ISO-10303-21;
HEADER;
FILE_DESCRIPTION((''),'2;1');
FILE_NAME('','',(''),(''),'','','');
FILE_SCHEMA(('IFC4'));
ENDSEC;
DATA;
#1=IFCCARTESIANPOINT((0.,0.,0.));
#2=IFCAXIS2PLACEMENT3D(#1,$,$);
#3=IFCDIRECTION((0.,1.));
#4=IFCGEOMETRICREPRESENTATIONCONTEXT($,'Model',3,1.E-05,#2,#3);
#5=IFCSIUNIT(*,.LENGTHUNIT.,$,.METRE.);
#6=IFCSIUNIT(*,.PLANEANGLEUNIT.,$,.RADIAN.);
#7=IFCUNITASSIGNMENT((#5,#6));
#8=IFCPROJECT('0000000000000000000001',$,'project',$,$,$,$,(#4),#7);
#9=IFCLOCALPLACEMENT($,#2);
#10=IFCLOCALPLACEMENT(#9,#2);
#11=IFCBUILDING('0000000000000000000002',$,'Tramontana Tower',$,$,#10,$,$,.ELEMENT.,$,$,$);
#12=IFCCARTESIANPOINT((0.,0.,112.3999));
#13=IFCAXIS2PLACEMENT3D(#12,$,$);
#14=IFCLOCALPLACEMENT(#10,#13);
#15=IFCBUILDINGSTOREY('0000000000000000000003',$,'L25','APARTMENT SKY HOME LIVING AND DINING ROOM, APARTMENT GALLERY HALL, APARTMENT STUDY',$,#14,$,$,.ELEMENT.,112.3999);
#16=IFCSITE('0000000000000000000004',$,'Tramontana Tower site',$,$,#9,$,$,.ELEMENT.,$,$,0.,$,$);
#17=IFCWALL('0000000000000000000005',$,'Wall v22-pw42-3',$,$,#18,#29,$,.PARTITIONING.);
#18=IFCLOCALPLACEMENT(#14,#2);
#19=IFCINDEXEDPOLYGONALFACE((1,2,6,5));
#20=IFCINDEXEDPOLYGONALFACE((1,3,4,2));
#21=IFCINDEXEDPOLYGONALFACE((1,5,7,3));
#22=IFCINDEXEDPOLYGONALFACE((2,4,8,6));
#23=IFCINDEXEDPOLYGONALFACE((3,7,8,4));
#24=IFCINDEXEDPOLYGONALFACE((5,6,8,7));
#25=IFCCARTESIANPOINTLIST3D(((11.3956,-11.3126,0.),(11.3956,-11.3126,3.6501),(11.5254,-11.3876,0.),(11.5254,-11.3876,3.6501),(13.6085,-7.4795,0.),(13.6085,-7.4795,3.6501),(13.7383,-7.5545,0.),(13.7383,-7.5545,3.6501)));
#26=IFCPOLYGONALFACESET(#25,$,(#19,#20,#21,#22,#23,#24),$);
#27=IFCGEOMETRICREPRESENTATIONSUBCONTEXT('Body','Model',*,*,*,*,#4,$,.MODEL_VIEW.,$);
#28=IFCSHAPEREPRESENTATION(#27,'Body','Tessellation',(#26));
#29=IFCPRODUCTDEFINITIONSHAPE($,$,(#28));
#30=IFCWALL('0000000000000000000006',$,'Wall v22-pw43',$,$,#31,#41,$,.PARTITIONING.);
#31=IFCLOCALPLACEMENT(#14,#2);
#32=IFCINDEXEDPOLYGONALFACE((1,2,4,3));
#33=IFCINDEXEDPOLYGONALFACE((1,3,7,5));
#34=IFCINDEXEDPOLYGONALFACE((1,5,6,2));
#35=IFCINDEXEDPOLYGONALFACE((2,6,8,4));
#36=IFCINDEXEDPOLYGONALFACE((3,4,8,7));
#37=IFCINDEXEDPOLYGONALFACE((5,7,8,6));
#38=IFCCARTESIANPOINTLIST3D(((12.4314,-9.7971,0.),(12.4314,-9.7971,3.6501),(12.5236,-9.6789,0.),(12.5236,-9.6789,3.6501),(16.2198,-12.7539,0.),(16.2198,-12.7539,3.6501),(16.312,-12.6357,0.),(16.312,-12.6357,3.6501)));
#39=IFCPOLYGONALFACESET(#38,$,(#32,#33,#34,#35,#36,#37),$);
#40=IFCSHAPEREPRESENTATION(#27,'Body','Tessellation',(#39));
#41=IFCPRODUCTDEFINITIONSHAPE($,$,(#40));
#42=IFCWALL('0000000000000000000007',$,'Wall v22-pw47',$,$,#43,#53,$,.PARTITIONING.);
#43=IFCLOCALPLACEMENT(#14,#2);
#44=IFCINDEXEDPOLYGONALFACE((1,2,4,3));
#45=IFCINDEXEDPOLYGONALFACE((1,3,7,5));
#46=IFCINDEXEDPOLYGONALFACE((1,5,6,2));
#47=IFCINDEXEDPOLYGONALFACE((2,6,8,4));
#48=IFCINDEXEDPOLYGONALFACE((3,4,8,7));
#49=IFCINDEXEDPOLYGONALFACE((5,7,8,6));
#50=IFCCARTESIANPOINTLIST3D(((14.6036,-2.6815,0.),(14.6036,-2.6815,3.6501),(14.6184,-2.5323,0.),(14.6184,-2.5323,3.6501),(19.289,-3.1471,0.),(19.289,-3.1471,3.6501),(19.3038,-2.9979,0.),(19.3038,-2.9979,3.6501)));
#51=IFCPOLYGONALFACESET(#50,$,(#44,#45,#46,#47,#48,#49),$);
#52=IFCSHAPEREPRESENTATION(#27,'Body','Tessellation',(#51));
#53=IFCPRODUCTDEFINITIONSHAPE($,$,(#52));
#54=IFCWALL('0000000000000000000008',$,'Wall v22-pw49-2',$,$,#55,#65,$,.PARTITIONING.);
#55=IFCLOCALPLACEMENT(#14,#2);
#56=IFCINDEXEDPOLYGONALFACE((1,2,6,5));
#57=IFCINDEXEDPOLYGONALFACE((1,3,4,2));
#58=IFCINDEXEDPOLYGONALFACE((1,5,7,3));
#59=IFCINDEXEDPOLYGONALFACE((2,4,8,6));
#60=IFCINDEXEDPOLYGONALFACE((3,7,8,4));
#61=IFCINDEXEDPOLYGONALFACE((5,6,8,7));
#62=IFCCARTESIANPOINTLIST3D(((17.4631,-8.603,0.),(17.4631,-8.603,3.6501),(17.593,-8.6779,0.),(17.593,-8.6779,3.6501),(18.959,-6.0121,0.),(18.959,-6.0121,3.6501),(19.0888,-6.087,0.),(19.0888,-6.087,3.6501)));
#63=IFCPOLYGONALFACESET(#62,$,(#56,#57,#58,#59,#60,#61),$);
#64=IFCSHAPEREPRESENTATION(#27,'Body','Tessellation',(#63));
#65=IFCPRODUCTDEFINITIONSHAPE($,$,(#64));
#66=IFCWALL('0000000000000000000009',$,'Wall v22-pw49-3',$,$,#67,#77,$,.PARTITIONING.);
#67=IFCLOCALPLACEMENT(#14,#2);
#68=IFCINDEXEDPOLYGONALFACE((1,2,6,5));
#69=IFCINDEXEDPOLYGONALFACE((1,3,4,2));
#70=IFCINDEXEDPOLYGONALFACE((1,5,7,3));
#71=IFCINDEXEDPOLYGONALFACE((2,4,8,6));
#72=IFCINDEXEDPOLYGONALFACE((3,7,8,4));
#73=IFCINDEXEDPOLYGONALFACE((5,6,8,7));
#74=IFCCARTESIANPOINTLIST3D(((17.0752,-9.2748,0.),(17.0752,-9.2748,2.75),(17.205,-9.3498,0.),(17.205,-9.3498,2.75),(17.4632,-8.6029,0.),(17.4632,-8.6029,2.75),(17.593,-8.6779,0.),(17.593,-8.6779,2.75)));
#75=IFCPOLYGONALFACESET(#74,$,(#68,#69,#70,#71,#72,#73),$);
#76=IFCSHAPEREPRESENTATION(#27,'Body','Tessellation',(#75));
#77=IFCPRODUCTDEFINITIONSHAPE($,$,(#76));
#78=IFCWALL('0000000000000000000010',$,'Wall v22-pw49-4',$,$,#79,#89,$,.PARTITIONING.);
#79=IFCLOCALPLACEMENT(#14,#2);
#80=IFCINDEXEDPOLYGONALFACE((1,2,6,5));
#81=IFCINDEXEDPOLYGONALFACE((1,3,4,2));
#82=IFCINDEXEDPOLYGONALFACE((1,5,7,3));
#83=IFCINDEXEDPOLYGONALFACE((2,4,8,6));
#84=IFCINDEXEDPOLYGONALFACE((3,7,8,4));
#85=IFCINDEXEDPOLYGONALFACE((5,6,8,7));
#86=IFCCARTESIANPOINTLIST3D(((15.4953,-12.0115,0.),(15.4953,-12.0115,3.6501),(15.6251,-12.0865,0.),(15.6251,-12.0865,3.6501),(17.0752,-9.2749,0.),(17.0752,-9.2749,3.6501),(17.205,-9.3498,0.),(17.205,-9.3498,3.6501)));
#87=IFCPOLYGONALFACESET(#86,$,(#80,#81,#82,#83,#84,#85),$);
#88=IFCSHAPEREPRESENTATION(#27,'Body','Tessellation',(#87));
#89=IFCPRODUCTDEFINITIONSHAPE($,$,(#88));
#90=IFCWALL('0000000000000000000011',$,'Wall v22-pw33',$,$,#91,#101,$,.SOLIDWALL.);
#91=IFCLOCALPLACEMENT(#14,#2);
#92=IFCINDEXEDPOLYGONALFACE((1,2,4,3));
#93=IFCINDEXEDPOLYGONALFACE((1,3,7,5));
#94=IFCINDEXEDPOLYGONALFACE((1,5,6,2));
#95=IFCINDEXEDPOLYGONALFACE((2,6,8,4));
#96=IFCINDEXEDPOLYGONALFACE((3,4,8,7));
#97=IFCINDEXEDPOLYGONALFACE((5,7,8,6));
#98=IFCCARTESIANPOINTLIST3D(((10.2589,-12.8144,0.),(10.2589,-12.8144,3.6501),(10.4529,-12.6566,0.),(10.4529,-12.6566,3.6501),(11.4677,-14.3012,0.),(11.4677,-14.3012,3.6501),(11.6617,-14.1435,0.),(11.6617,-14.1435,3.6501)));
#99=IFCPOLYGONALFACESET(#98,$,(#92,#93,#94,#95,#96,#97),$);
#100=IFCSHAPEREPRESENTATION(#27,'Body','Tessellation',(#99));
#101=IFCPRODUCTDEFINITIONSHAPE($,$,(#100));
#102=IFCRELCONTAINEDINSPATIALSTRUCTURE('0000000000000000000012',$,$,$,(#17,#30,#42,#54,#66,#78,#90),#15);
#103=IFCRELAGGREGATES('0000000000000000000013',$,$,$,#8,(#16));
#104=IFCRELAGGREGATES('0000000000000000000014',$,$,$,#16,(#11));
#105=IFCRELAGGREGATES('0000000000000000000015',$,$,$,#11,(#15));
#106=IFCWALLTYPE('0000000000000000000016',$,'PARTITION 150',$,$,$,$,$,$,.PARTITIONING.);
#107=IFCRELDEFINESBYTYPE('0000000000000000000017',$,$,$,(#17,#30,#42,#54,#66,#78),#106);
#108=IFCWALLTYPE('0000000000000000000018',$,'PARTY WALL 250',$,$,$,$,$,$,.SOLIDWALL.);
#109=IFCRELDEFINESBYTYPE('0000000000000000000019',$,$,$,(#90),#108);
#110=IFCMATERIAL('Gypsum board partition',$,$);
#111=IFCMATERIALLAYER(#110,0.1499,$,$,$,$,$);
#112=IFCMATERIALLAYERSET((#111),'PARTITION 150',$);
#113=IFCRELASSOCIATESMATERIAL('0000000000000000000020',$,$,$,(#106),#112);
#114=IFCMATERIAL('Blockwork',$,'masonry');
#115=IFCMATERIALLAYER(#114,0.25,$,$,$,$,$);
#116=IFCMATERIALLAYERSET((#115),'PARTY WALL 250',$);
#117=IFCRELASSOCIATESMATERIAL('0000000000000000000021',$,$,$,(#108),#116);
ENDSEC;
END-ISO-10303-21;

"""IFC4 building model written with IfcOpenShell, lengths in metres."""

from ifc_helpers import new_model, si_unit, direction, frame, frame_2d, origin, place, context, subcontext, project, spatial, rectangle, extrude, material, layer, layer_set, type_object, element, save


model = new_model("IFC4")

# Units and contexts
model_context = context("Model", 3, precision=1e-05, world=origin(), true_north=direction((0.0, 1.0)))
body_context = subcontext(model_context, "Body", "Model", "MODEL_VIEW")
ifc_project = project(units=[si_unit("LENGTHUNIT", "METRE"), si_unit("PLANEANGLEUNIT", "RADIAN")], contexts=[model_context])

# Site, building, storey
site_placement = place(None, origin())
site = spatial("IfcSite", under=ifc_project, at=site_placement, Name="Tramontana Tower site", CompositionType="ELEMENT", RefElevation=0.0)
building_placement = place(site_placement, origin())
building = spatial("IfcBuilding", under=site, at=building_placement, Name="Tramontana Tower", CompositionType="ELEMENT")
storey_placement = place(building_placement, frame((0.0, 0.0, 112.3999)))
storey = spatial("IfcBuildingStorey", under=building, at=storey_placement, Name="L25", Description="APARTMENT SKY HOME LIVING AND DINING ROOM, APARTMENT GALLERY HALL, APARTMENT STUDY", CompositionType="ELEMENT", Elevation=112.3999)

# Shared definitions
ifc_material_1 = material(Name="Gypsum board partition")
ifc_layer_1 = layer(ifc_material_1, 0.1499)
ifc_layer_set_1 = layer_set([ifc_layer_1], Name="PARTITION 150")
wall_type_1 = type_object("IfcWallType", Name="PARTITION 150", PredefinedType="PARTITIONING", material=ifc_layer_set_1)

# Walls
wall_1_placement = place(storey_placement, frame((13.6733, -7.5171, 0.0), z_axis=(0.0, 0.0, 1.0), x_axis=(-0.499983, -0.866035, 0.0)))
element("IfcWall", 1, at=wall_1_placement, inside=storey, type_object=wall_type_1, Name="Wall v22-pw42-3", PredefinedType="PARTITIONING", context=body_context, shape_type="SweptSolid", body=[
    extrude(rectangle(XDim=4.426, YDim=0.1499, at=frame_2d((2.2129, 0.0))), origin(), (0.0, 0.0, 1.0), 3.6501),
])
wall_2_placement = place(storey_placement, frame((16.2659, -12.6948, 0.0), z_axis=(0.0, 0.0, 1.0), x_axis=(-0.788312, 0.615276, 0.0)))
element("IfcWall", 2, at=wall_2_placement, inside=storey, type_object=wall_type_1, Name="Wall v22-pw43", PredefinedType="PARTITIONING", context=body_context, shape_type="SweptSolid", body=[
    extrude(rectangle(XDim=4.8057, YDim=0.1499, at=frame_2d((2.4028, 0.0))), origin(), (0.0, 0.0, 1.0), 3.6501),
])
wall_3_placement = place(storey_placement, frame((19.2964, -3.0725, 0.0), z_axis=(0.0, 0.0, 1.0), x_axis=(-0.995099, 0.098882, 0.0)))
element("IfcWall", 3, at=wall_3_placement, inside=storey, type_object=wall_type_1, Name="Wall v22-pw47", PredefinedType="PARTITIONING", context=body_context, shape_type="SweptSolid", body=[
    extrude(rectangle(XDim=4.7085, YDim=0.1499, at=frame_2d((2.3542, 0.0))), origin(), (0.0, 0.0, 1.0), 3.6501),
])
wall_4_placement = place(storey_placement, frame((19.0239, -6.0496, 0.0), z_axis=(0.0, 0.0, 1.0), x_axis=(-0.50001, -0.86602, 0.0)))
element("IfcWall", 4, at=wall_4_placement, inside=storey, type_object=wall_type_1, Name="Wall v22-pw49-2", PredefinedType="PARTITIONING", context=body_context, shape_type="SweptSolid", body=[
    extrude(rectangle(XDim=2.9917, YDim=0.1499, at=frame_2d((1.4958, 0.0))), origin(), (0.0, 0.0, 1.0), 3.6501),
])
wall_5_placement = place(storey_placement, frame((17.5281, -8.6404, 0.0), z_axis=(0.0, 0.0, 1.0), x_axis=(-0.500031, -0.866007, 0.0)))
element("IfcWall", 5, at=wall_5_placement, inside=storey, type_object=wall_type_1, Name="Wall v22-pw49-3", PredefinedType="PARTITIONING", context=body_context, shape_type="SweptSolid", body=[
    extrude(rectangle(XDim=0.7759, YDim=0.1499, at=frame_2d((0.3879, 0.0))), origin(), (0.0, 0.0, 1.0), 2.75),
])
wall_6_placement = place(storey_placement, frame((17.1401, -9.3123, 0.0), z_axis=(0.0, 0.0, 1.0), x_axis=(-0.49997, -0.866043, 0.0)))
element("IfcWall", 6, at=wall_6_placement, inside=storey, type_object=wall_type_1, Name="Wall v22-pw49-4", PredefinedType="PARTITIONING", context=body_context, shape_type="SweptSolid", body=[
    extrude(rectangle(XDim=3.1599, YDim=0.1499, at=frame_2d((1.5801, 0.0))), origin(), (0.0, 0.0, 1.0), 3.6501),
])
ifc_material_2 = material(Name="Blockwork", Category="masonry")
ifc_layer_2 = layer(ifc_material_2, 0.25)
ifc_layer_set_2 = layer_set([ifc_layer_2], Name="PARTY WALL 250")
wall_type_2 = type_object("IfcWallType", Name="PARTY WALL 250", PredefinedType="SOLIDWALL", material=ifc_layer_set_2)
wall_7_placement = place(storey_placement, frame((10.356, -12.7356, 0.0), z_axis=(0.0, 0.0, 1.0), x_axis=(0.630813, -0.775935, 0.0)))
element("IfcWall", 7, at=wall_7_placement, inside=storey, type_object=wall_type_2, Name="Wall v22-pw33", PredefinedType="SOLIDWALL", context=body_context, shape_type="SweptSolid", body=[
    extrude(rectangle(XDim=1.9163, YDim=0.25, at=frame_2d((0.958, 0.0))), origin(), (0.0, 0.0, 1.0), 3.6501),
])

save(model, "model.ifc")
